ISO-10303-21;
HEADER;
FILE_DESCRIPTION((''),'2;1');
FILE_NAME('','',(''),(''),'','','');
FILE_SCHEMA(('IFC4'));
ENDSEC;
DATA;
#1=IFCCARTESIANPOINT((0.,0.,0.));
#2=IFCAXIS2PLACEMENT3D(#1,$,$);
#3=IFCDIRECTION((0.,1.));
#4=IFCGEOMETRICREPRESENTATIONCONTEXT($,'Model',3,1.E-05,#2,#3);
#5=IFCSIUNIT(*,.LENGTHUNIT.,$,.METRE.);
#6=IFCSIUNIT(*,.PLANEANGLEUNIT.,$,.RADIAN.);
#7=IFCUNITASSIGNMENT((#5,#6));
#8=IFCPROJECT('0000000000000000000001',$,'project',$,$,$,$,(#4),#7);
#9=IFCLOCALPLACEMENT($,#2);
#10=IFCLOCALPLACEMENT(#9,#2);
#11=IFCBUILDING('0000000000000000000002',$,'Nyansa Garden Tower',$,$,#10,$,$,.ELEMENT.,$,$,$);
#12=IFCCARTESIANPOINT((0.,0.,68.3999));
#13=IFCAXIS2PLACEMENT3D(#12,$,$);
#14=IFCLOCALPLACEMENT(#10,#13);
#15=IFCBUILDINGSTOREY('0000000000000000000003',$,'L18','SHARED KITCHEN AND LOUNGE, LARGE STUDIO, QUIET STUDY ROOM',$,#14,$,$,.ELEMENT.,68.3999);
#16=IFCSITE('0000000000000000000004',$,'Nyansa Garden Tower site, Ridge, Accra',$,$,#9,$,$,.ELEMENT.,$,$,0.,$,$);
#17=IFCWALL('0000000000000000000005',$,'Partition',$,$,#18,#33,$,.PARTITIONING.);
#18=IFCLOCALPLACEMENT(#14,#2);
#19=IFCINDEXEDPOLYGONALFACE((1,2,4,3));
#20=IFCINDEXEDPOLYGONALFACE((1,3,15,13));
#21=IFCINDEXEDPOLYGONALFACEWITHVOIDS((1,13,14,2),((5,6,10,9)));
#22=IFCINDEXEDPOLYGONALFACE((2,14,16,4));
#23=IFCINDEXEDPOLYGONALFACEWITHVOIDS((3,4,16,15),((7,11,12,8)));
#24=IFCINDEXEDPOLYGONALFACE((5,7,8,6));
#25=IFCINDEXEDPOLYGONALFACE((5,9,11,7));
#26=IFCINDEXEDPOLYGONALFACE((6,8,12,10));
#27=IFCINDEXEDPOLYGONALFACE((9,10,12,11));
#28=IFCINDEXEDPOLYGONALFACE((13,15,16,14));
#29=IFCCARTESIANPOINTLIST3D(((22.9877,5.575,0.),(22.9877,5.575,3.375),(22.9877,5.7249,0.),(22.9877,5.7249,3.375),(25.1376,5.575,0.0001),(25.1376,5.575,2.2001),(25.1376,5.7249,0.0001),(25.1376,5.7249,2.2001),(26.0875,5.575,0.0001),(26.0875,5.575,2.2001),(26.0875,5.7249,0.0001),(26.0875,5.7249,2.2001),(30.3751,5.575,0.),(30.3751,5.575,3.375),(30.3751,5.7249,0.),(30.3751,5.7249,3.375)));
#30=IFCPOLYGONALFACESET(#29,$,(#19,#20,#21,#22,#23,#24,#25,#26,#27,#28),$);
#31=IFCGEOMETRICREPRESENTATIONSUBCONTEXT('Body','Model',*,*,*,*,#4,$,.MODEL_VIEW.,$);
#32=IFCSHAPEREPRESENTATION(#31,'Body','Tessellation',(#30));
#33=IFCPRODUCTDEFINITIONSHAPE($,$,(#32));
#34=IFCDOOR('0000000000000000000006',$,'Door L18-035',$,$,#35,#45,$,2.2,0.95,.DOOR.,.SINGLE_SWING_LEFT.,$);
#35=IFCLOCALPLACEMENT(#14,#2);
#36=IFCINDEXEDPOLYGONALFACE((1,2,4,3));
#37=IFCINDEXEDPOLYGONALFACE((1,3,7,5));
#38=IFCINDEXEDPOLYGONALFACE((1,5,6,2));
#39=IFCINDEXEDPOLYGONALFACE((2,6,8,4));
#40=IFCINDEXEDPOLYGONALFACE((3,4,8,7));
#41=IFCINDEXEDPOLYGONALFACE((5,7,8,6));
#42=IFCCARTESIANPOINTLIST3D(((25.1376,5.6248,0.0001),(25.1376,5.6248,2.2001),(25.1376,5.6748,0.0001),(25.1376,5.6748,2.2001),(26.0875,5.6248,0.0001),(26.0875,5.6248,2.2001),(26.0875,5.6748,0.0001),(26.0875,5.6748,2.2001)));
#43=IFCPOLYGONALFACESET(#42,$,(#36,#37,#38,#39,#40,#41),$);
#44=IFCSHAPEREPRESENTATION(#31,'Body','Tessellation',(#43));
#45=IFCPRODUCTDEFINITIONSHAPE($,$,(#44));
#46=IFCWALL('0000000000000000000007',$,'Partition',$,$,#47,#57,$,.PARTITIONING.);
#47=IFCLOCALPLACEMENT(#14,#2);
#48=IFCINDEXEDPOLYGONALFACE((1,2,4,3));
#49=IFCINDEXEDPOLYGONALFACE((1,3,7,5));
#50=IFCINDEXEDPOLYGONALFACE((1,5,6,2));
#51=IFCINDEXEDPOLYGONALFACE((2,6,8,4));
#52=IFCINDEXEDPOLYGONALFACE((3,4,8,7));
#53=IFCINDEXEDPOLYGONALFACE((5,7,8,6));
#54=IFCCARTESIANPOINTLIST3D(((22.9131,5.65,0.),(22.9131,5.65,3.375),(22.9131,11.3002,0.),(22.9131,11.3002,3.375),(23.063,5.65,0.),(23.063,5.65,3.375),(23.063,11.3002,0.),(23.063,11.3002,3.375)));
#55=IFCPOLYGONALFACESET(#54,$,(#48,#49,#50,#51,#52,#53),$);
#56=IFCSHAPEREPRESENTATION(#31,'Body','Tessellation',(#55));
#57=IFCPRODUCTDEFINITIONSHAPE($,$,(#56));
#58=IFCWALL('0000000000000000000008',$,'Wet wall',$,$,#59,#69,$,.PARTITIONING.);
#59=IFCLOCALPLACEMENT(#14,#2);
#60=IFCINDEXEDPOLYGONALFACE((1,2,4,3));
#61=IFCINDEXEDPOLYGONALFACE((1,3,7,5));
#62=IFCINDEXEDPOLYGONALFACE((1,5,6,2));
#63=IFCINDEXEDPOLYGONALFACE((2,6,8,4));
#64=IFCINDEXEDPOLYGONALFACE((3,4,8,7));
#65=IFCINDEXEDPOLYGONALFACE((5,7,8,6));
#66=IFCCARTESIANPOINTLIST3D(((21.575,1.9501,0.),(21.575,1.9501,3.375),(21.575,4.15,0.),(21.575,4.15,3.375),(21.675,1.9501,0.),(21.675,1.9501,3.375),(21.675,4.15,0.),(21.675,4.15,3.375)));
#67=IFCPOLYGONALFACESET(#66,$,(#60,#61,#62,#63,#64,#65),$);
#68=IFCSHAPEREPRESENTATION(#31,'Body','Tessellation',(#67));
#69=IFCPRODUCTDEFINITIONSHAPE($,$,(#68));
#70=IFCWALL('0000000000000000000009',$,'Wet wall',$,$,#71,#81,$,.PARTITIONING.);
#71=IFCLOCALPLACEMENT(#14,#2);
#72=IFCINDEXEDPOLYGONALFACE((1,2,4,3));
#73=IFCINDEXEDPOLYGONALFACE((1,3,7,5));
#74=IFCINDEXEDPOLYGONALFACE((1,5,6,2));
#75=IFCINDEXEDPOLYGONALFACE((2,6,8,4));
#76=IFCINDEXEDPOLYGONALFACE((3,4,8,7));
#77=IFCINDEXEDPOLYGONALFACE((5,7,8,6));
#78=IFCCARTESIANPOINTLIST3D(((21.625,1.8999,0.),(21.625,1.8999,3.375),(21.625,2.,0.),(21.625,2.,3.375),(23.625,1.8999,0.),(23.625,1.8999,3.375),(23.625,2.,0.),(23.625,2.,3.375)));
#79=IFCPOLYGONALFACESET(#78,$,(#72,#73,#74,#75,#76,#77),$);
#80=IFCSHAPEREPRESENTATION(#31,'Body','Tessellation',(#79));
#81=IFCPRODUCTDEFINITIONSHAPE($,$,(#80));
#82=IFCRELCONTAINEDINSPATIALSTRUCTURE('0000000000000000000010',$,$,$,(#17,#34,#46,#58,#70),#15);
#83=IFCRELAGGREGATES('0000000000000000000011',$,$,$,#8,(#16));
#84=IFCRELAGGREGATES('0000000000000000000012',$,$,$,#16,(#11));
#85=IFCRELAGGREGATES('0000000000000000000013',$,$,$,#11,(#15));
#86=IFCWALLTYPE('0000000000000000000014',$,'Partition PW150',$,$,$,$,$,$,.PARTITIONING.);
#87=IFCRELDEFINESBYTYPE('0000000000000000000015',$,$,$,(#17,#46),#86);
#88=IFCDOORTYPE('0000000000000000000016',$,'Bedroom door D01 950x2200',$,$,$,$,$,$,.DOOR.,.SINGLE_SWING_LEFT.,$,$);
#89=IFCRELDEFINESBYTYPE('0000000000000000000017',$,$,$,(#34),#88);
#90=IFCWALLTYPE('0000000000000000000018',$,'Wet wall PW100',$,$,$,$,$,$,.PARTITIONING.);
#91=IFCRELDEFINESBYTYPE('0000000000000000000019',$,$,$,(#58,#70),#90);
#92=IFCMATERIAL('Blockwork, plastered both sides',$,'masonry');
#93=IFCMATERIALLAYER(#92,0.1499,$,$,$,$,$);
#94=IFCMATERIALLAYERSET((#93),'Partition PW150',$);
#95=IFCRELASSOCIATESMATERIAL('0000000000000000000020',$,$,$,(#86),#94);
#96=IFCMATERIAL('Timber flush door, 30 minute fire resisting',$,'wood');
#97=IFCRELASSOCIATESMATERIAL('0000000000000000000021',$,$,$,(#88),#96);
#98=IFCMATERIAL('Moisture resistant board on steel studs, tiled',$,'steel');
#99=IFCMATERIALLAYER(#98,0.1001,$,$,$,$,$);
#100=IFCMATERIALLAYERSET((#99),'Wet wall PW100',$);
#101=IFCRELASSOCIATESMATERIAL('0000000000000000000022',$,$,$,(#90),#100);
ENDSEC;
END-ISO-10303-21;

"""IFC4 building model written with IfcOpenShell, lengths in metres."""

from ifc_helpers import new_model, si_unit, direction, frame, frame_2d, origin, place, context, subcontext, project, spatial, rectangle, extrude, material, layer, layer_set, type_object, element, fill, save


model = new_model("IFC4")

# Units and contexts
model_context = context("Model", 3, precision=1e-05, world=origin(), true_north=direction((0.0, 1.0)))
body_context = subcontext(model_context, "Body", "Model", "MODEL_VIEW")
ifc_project = project(units=[si_unit("LENGTHUNIT", "METRE"), si_unit("PLANEANGLEUNIT", "RADIAN")], contexts=[model_context])

# Site, building, storey
site_placement = place(None, origin())
site = spatial("IfcSite", under=ifc_project, at=site_placement, Name="Nyansa Garden Tower site, Ridge, Accra", CompositionType="ELEMENT", RefElevation=0.0)
building_placement = place(site_placement, origin())
building = spatial("IfcBuilding", under=site, at=building_placement, Name="Nyansa Garden Tower", CompositionType="ELEMENT")
storey_placement = place(building_placement, frame((0.0, 0.0, 68.3999)))
storey = spatial("IfcBuildingStorey", under=building, at=storey_placement, Name="L18", Description="SHARED KITCHEN AND LOUNGE, LARGE STUDIO, QUIET STUDY ROOM", CompositionType="ELEMENT", Elevation=68.3999)

# Shared definitions
ifc_material_1 = material(Name="Blockwork, plastered both sides", Category="masonry")
ifc_layer_1 = layer(ifc_material_1, 0.1499)
ifc_layer_set_1 = layer_set([ifc_layer_1], Name="Partition PW150")
wall_type_1 = type_object("IfcWallType", Name="Partition PW150", PredefinedType="PARTITIONING", material=ifc_layer_set_1)

# Wall, opening, door
wall_1_placement = place(storey_placement, frame((22.9875, 5.6499, 0.0), z_axis=(0.0, 0.0, 1.0), x_axis=(1.0, 0.0, 0.0)))
wall_1 = element("IfcWall", 1, at=wall_1_placement, inside=storey, type_object=wall_type_1, Name="Partition", PredefinedType="PARTITIONING", context=body_context, shape_type="SweptSolid", body=[
    extrude(rectangle(XDim=7.3875, YDim=0.1499, at=frame_2d((3.6938, 0.0))), origin(), (0.0, 0.0, 1.0), 3.375),
])
opening_1_placement = place(wall_1_placement, frame((2.1499, 0.0, 0.0)))
opening_1 = element("IfcOpeningElement", 2, at=opening_1_placement, cuts=wall_1, PredefinedType="OPENING", context=body_context, shape_type="SweptSolid", body=[
    extrude(rectangle(XDim=0.95, YDim=2.2, at=frame_2d((0.4751, 1.1001))), frame((0.0, 0.085, 0.0), z_axis=(0.0, -1.0, 0.0), x_axis=(1.0, 0.0, 0.0)), (0.0, 0.0, 1.0), 0.1699),
])
ifc_material_2 = material(Name="Timber flush door, 30 minute fire resisting", Category="wood")
door_type_1 = type_object("IfcDoorType", Name="Bedroom door D01 950x2200", OperationType="SINGLE_SWING_LEFT", PredefinedType="DOOR", material=ifc_material_2)
door_1_placement = place(opening_1_placement, origin())
door_1 = element("IfcDoor", 3, at=door_1_placement, inside=storey, type_object=door_type_1, Name="Door L18-035", OperationType="SINGLE_SWING_LEFT", OverallHeight=2.2, OverallWidth=0.95, PredefinedType="DOOR", context=body_context, shape_type="SweptSolid", body=[
    extrude(rectangle(XDim=0.95, YDim=2.2, at=frame_2d((0.4751, 1.1001))), frame((0.0, 0.0249, 0.0), z_axis=(0.0, -1.0, 0.0), x_axis=(1.0, 0.0, 0.0)), (0.0, 0.0, 1.0), 0.05),
])
fill(opening_1, door_1)

# Walls
wall_2_placement = place(storey_placement, frame((22.988, 5.6499, 0.0), z_axis=(0.0, 0.0, 1.0), x_axis=(0.0, 1.0, 0.0)))
element("IfcWall", 4, at=wall_2_placement, inside=storey, type_object=wall_type_1, Name="Partition", PredefinedType="PARTITIONING", context=body_context, shape_type="SweptSolid", body=[
    extrude(rectangle(XDim=5.6501, YDim=0.1499, at=frame_2d((2.8252, 0.0))), origin(), (0.0, 0.0, 1.0), 3.375),
])
ifc_material_3 = material(Name="Moisture resistant board on steel studs, tiled", Category="steel")
ifc_layer_2 = layer(ifc_material_3, 0.1001)
ifc_layer_set_2 = layer_set([ifc_layer_2], Name="Wet wall PW100")
wall_type_2 = type_object("IfcWallType", Name="Wet wall PW100", PredefinedType="PARTITIONING", material=ifc_layer_set_2)
wall_3_placement = place(storey_placement, frame((21.625, 1.95, 0.0), z_axis=(0.0, 0.0, 1.0), x_axis=(0.0, 1.0, 0.0)))
element("IfcWall", 5, at=wall_3_placement, inside=storey, type_object=wall_type_2, Name="Wet wall", PredefinedType="PARTITIONING", context=body_context, shape_type="SweptSolid", body=[
    extrude(rectangle(XDim=2.2, YDim=0.1001, at=frame_2d((1.1001, 0.0))), origin(), (0.0, 0.0, 1.0), 3.375),
])
wall_4_placement = place(storey_placement, frame((21.625, 1.95, 0.0), z_axis=(0.0, 0.0, 1.0), x_axis=(1.0, 0.0, 0.0)))
element("IfcWall", 6, at=wall_4_placement, inside=storey, type_object=wall_type_2, Name="Wet wall", PredefinedType="PARTITIONING", context=body_context, shape_type="SweptSolid", body=[
    extrude(rectangle(XDim=2.0, YDim=0.1001, at=frame_2d((1.0, 0.0))), origin(), (0.0, 0.0, 1.0), 3.375),
])

save(model, "model.ifc")
